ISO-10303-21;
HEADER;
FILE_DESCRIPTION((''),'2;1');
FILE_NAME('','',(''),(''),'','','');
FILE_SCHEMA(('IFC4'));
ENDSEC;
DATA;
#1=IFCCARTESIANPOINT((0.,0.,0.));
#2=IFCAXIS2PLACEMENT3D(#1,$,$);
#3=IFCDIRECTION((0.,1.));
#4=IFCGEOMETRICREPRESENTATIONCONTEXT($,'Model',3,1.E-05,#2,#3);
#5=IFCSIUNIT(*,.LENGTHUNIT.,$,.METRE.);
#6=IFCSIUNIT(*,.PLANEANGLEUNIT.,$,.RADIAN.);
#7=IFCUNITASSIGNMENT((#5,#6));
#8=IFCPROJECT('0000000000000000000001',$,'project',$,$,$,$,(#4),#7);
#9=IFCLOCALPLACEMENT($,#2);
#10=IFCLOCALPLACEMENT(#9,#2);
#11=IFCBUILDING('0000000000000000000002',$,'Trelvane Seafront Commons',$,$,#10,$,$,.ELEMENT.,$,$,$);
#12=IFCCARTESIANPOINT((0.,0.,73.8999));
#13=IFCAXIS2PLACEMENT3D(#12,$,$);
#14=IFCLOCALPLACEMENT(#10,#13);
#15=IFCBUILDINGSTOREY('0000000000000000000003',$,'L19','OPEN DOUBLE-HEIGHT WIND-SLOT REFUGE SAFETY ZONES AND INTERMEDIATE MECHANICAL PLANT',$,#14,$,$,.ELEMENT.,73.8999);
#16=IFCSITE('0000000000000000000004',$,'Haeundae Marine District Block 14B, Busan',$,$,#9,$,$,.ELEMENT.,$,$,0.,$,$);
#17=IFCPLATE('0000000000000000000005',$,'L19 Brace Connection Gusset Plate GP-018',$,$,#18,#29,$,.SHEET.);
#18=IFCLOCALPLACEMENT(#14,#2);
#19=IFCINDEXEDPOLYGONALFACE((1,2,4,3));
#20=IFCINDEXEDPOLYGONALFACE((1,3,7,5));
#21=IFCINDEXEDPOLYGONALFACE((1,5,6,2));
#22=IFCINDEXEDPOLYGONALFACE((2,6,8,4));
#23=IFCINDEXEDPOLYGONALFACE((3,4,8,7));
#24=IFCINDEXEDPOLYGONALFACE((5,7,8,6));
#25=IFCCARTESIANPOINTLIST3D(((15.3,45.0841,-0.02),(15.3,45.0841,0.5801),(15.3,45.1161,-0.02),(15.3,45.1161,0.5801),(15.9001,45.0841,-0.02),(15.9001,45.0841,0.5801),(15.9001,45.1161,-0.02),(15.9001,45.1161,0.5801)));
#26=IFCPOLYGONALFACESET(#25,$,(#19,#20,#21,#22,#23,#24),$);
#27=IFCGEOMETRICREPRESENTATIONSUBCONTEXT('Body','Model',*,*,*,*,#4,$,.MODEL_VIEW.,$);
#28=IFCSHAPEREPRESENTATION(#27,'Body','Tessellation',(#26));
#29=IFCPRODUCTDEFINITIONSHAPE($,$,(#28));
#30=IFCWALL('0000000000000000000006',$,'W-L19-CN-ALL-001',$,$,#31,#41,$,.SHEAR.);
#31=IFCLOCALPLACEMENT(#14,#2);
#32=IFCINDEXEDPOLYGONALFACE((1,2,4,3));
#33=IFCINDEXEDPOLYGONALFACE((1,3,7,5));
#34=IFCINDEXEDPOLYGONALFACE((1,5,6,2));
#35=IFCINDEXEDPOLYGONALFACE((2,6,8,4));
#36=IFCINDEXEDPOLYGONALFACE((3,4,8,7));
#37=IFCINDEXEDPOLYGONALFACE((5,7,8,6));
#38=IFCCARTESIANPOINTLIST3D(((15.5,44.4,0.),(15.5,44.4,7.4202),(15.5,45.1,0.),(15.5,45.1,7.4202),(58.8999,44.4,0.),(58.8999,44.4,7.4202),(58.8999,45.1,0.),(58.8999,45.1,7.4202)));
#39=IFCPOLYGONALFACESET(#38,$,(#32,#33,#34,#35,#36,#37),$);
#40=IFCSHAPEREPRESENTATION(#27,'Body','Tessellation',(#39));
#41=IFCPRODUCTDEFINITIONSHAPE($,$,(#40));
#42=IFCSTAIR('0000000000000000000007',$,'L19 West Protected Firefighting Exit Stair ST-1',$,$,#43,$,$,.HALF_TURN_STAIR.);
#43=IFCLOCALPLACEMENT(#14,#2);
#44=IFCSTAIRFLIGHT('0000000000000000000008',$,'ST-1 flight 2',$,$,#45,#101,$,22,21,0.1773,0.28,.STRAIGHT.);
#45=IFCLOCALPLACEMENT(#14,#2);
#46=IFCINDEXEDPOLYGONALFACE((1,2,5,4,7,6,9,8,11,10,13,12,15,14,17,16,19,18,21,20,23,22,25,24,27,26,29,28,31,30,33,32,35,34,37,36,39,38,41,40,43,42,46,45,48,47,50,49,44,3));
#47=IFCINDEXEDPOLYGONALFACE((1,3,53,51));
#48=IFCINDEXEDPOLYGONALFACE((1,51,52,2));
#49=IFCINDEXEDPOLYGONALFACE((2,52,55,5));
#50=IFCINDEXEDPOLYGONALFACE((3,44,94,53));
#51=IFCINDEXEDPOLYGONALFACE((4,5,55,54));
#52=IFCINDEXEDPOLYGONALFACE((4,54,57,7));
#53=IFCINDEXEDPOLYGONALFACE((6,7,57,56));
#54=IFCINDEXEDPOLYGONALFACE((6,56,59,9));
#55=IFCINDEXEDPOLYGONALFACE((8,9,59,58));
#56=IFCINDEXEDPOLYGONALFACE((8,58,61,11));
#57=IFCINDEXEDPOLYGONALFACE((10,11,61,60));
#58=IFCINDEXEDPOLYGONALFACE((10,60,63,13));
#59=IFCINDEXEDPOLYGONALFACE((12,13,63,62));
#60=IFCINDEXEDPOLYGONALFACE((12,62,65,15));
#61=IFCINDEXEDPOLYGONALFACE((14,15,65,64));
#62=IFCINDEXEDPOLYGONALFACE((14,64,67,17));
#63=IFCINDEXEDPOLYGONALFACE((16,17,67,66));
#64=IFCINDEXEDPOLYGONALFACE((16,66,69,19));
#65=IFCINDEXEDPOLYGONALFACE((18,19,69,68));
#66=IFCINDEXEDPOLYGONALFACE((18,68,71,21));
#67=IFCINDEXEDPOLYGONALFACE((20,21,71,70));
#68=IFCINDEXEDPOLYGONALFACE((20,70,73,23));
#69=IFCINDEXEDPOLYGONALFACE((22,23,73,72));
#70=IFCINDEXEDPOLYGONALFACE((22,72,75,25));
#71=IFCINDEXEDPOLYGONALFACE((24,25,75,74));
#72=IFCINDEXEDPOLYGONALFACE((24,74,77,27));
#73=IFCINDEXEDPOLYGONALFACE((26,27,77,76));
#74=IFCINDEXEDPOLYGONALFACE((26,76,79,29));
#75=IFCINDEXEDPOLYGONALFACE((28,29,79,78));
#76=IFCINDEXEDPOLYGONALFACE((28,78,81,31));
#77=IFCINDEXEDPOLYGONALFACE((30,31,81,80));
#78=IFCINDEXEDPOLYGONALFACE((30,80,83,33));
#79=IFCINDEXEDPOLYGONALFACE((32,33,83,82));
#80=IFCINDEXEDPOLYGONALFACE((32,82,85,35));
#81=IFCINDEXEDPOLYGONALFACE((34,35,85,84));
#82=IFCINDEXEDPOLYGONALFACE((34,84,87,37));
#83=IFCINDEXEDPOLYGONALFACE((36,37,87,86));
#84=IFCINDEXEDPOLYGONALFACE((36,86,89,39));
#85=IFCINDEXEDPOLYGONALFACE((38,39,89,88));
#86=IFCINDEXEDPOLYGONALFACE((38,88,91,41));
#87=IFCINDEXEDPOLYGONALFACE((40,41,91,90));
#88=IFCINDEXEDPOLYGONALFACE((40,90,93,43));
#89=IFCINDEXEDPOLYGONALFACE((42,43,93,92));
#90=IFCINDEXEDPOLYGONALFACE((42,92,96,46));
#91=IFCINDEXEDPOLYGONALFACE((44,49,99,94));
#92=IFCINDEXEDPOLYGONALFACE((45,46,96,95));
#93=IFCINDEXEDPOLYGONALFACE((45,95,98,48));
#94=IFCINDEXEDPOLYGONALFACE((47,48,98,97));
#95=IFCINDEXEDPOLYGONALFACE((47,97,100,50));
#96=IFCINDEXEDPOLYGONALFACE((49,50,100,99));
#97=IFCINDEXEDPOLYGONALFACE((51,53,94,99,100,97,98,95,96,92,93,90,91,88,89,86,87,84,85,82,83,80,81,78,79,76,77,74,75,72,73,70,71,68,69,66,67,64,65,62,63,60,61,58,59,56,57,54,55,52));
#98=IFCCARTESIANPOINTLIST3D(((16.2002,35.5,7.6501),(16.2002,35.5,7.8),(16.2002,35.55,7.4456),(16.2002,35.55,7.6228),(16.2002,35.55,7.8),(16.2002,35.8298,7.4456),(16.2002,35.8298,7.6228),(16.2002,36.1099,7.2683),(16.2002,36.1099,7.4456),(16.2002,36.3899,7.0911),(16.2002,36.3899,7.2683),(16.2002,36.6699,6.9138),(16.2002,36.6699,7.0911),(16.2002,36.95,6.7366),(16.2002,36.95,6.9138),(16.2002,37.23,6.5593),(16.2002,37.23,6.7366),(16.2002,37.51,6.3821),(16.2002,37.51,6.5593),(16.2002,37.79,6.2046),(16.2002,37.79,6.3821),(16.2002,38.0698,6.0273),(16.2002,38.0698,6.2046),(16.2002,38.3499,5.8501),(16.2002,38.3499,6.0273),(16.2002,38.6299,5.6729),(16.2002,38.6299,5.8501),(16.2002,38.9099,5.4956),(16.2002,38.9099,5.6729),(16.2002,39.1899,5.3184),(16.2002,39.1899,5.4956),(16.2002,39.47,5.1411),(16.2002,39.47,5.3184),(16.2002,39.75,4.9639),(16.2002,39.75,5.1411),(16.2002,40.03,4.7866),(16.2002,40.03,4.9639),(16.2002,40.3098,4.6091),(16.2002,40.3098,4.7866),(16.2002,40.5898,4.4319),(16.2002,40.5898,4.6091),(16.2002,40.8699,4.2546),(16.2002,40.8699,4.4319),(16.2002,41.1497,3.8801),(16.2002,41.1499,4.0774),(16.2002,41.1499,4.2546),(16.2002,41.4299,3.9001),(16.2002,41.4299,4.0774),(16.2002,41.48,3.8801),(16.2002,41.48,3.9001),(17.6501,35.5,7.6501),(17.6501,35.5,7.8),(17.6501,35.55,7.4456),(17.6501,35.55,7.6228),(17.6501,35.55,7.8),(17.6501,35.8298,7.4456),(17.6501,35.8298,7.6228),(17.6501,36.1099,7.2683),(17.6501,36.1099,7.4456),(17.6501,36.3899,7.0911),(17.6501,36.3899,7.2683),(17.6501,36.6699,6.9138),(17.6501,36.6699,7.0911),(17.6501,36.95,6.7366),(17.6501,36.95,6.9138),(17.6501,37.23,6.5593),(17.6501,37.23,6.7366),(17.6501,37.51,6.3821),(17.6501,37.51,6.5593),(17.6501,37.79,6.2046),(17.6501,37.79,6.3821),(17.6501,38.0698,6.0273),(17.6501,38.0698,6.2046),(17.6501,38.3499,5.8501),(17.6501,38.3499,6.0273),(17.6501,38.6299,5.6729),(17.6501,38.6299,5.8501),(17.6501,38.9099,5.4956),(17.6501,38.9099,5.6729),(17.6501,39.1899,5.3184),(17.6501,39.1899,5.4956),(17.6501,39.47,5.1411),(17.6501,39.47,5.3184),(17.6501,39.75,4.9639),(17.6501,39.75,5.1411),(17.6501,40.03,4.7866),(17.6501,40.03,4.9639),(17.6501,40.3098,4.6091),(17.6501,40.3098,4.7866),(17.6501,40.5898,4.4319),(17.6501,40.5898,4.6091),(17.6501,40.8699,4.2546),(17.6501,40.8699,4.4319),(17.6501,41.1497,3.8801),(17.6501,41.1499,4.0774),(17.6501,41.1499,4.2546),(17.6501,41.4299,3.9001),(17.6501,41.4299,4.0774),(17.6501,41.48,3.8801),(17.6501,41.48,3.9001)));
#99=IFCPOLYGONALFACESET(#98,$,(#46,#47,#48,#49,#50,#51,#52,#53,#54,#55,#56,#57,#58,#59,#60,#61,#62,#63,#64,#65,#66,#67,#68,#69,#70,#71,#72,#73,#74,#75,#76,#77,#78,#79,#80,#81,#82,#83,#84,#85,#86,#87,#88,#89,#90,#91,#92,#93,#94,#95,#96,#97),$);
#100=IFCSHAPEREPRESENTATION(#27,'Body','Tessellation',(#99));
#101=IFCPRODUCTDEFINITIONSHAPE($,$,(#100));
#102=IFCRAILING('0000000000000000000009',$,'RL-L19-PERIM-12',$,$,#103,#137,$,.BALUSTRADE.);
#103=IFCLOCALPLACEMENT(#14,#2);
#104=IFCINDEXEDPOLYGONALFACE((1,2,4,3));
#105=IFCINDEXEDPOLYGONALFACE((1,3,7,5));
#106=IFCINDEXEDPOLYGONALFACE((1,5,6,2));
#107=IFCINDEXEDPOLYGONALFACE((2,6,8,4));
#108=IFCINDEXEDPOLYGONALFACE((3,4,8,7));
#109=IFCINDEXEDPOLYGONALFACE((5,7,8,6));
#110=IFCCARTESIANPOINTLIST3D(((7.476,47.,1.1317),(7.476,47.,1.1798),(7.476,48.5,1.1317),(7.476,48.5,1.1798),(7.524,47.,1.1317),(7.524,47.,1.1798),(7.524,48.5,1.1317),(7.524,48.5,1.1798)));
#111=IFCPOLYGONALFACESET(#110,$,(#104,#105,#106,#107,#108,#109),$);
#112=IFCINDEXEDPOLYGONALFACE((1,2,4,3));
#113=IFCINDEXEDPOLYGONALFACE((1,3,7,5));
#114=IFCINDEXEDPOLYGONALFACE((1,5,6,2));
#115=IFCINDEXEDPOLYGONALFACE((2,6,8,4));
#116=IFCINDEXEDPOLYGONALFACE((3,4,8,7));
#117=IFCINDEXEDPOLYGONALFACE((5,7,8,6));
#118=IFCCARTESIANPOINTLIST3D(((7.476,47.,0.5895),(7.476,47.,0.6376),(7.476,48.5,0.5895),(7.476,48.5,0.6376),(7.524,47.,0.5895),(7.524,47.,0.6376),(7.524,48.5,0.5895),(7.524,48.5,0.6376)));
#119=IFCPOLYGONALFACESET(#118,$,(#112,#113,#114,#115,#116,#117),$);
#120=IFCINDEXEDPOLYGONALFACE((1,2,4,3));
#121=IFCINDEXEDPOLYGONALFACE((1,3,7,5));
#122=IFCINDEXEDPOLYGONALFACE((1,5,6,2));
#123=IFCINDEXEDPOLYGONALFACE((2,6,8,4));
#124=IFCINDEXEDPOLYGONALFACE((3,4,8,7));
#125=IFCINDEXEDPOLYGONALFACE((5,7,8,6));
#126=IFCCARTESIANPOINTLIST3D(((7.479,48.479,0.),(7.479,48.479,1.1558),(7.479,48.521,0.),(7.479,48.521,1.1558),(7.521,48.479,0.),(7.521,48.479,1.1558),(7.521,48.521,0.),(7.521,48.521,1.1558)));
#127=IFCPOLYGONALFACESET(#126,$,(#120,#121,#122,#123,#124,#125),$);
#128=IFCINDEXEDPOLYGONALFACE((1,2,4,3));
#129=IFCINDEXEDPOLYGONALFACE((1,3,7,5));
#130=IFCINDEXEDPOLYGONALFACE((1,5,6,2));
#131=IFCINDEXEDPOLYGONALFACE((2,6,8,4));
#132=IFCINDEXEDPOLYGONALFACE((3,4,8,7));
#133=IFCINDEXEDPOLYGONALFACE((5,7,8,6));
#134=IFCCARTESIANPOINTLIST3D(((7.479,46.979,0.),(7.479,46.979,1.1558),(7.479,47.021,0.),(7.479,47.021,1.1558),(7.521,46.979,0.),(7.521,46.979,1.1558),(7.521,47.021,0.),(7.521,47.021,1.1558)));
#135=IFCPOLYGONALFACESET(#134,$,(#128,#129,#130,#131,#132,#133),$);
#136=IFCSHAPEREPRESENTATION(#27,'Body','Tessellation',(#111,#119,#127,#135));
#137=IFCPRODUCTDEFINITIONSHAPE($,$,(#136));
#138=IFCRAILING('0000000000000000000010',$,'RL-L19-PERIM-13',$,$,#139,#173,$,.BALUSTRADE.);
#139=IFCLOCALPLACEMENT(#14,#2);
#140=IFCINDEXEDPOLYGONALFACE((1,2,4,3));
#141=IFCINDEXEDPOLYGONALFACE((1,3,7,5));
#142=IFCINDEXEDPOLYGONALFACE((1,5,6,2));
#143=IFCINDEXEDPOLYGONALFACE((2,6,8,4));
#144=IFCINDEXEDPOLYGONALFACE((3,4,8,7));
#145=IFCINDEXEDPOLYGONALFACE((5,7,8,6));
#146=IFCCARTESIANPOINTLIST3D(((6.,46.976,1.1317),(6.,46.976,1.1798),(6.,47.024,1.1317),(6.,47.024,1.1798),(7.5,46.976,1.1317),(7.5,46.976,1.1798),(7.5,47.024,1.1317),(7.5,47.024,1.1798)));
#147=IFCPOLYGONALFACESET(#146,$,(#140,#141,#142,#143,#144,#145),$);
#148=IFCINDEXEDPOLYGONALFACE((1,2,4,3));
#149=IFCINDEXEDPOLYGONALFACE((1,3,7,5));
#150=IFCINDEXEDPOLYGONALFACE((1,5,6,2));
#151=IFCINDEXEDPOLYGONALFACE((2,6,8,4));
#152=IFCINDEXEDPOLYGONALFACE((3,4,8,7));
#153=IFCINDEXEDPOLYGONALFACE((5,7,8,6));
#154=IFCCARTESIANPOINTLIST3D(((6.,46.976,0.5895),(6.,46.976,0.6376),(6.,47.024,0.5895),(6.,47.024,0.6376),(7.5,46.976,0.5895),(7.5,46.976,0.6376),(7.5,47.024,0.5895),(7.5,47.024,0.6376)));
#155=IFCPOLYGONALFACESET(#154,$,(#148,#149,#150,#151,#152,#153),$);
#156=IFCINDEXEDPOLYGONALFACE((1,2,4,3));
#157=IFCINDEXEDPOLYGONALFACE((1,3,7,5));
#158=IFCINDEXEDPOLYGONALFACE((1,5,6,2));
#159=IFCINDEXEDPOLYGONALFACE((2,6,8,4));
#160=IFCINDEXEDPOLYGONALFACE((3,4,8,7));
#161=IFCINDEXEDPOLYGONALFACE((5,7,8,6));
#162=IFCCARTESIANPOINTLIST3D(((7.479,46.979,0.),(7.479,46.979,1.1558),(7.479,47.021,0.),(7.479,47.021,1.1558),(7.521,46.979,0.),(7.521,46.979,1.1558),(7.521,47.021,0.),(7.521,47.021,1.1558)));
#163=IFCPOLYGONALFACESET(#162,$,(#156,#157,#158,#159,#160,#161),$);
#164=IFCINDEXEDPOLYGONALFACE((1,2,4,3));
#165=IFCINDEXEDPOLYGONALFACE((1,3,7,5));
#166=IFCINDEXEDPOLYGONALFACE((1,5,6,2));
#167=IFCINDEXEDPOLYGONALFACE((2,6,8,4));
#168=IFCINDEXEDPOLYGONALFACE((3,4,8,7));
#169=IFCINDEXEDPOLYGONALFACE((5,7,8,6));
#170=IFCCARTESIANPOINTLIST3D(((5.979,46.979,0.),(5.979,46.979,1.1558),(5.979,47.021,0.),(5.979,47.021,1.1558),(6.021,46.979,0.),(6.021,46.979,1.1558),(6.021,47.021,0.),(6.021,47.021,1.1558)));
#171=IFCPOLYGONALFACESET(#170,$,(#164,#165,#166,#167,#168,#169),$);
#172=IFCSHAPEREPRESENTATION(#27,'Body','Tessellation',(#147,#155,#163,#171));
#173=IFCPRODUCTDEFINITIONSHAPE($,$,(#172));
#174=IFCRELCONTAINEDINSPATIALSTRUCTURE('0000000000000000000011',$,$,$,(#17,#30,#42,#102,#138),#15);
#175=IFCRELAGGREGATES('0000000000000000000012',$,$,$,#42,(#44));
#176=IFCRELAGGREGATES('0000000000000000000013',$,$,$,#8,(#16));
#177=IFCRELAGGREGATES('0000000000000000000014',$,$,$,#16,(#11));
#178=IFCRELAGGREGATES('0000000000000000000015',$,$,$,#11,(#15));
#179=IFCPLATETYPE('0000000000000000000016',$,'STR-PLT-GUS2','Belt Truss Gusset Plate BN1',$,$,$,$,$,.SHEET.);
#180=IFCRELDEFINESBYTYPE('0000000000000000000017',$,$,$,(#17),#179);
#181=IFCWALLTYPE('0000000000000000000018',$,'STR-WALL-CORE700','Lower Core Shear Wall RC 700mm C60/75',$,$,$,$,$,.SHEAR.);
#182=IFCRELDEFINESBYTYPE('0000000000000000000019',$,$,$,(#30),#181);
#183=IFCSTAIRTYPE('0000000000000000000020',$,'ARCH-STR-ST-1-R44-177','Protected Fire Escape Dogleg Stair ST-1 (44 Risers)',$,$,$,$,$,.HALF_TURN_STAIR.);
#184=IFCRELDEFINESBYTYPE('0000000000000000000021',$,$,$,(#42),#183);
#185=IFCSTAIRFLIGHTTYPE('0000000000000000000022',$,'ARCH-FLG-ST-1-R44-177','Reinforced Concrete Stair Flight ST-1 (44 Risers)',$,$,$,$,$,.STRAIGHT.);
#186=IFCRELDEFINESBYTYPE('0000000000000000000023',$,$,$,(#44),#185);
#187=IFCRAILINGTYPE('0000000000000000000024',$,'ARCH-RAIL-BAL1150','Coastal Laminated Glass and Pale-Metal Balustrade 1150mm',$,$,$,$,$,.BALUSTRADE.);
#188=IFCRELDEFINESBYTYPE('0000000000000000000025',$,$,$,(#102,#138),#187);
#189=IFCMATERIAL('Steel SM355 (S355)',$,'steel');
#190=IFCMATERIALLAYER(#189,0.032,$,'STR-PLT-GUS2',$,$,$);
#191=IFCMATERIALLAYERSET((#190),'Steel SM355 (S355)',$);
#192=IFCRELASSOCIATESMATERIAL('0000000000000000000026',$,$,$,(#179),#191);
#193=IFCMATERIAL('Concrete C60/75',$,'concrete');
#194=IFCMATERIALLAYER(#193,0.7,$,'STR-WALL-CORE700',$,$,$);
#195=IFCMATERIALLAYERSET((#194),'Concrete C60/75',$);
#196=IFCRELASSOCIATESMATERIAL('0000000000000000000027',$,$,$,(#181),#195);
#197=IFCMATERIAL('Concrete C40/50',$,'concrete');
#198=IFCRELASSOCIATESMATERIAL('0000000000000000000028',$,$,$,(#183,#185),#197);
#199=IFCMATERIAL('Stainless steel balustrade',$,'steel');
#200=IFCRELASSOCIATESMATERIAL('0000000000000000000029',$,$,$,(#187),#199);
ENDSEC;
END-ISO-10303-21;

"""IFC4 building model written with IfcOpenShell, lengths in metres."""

from ifc_helpers import new_model, si_unit, direction, frame, frame_2d, origin, origin_2d, place, context, subcontext, project, spatial, polyline, rectangle, outline, extrude, source, transform, mapped, material, layer, layer_set, type_object, element, aggregate, save


model = new_model("IFC4")

# Units and contexts
model_context = context("Model", 3, precision=1e-05, world=origin(), true_north=direction((0.0, 1.0)))
body_context = subcontext(model_context, "Body", "Model", "MODEL_VIEW")
ifc_project = project(units=[si_unit("LENGTHUNIT", "METRE"), si_unit("PLANEANGLEUNIT", "RADIAN")], contexts=[model_context])

# Site, building, storey
site_placement = place(None, origin())
site = spatial("IfcSite", under=ifc_project, at=site_placement, Name="Haeundae Marine District Block 14B, Busan", CompositionType="ELEMENT", RefElevation=0.0)
building_placement = place(site_placement, origin())
building = spatial("IfcBuilding", under=site, at=building_placement, Name="Trelvane Seafront Commons", CompositionType="ELEMENT")
storey_placement = place(building_placement, frame((0.0, 0.0, 73.8999)))
storey = spatial("IfcBuildingStorey", under=building, at=storey_placement, Name="L19", Description="OPEN DOUBLE-HEIGHT WIND-SLOT REFUGE SAFETY ZONES AND INTERMEDIATE MECHANICAL PLANT", CompositionType="ELEMENT", Elevation=73.8999)

# Shared definitions
ifc_material_1 = material(Name="Steel SM355 (S355)", Category="steel")
ifc_material_2 = material(Name="Concrete C60/75", Category="concrete")

# Plate
ifc_layer_1 = layer(ifc_material_1, 0.032, Name="STR-PLT-GUS2")
ifc_layer_set_1 = layer_set([ifc_layer_1], Name="Steel SM355 (S355)")
plate_type = type_object("IfcPlateType", Name="STR-PLT-GUS2", Description="Belt Truss Gusset Plate BN1", PredefinedType="SHEET", material=ifc_layer_set_1)
shared_shape_1 = source(origin(), body_context, "Body", "SweptSolid", [
    extrude(rectangle(XDim=0.6001, YDim=0.032, at=origin_2d()), origin(), (0.0, 0.0, 1.0), 0.6001),
])
plate_placement = place(storey_placement, frame((15.6001, 45.1001, -0.02), z_axis=(0.0, 0.0, 1.0), x_axis=(1.0, 0.0, 0.0)))
element("IfcPlate", 1, at=plate_placement, inside=storey, type_object=plate_type, Name="L19 Brace Connection Gusset Plate GP-018", PredefinedType="SHEET", context=body_context, shape_type="MappedRepresentation", body=[
    mapped(shared_shape_1, transform((0.0, 0.0, 0.0), x_axis=(1.0, 0.0, 0.0), y_axis=(0.0, 1.0, 0.0), z_axis=(0.0, 0.0, 1.0), scale=1.0)),
])

# Wall
ifc_layer_2 = layer(ifc_material_2, 0.7, Name="STR-WALL-CORE700")
ifc_layer_set_2 = layer_set([ifc_layer_2], Name="Concrete C60/75")
wall_type = type_object("IfcWallType", Name="STR-WALL-CORE700", Description="Lower Core Shear Wall RC 700mm C60/75", PredefinedType="SHEAR", material=ifc_layer_set_2)
wall_placement = place(storey_placement, frame((15.5, 44.75, 0.0), z_axis=(0.0, 0.0, 1.0), x_axis=(1.0, 0.0, 0.0)))
element("IfcWall", 2, at=wall_placement, inside=storey, type_object=wall_type, Name="W-L19-CN-ALL-001", PredefinedType="SHEAR", context=body_context, shape_type="SweptSolid", body=[
    extrude(rectangle(XDim=43.3999, YDim=0.7, at=frame_2d((21.7, 0.0))), origin(), (0.0, 0.0, 1.0), 7.4202),
])

# Stair, stair flight
ifc_material_3 = material(Name="Concrete C40/50", Category="concrete")
stair_type = type_object("IfcStairType", Name="ARCH-STR-ST-1-R44-177", Description="Protected Fire Escape Dogleg Stair ST-1 (44 Risers)", PredefinedType="HALF_TURN_STAIR", material=ifc_material_3)
stair_placement = place(storey_placement, origin())
stair = element("IfcStair", 3, at=stair_placement, inside=storey, type_object=stair_type, Name="L19 West Protected Firefighting Exit Stair ST-1", PredefinedType="HALF_TURN_STAIR")
stair_flight_type = type_object("IfcStairFlightType", Name="ARCH-FLG-ST-1-R44-177", Description="Reinforced Concrete Stair Flight ST-1 (44 Risers)", PredefinedType="STRAIGHT", material=ifc_material_3)
shared_shape_2 = source(origin(), body_context, "Body", "SweptSolid", [
    extrude(outline(polyline([(-0.05, -0.02), (-0.05, 0.0), (0.0, 0.0), (0.0, 0.1772), (0.28, 0.1772), (0.28, 0.3545), (0.5601, 0.3545), (0.5601, 0.5317), (0.8401, 0.5317), (0.8401, 0.709), (1.1201, 0.709), (1.1201, 0.8865), (1.3999, 0.8865), (1.3999, 1.0637), (1.6799, 1.0637), (1.6799, 1.241), (1.96, 1.241), (1.96, 1.4182), (2.24, 1.4182), (2.24, 1.5955), (2.52, 1.5955), (2.52, 1.7727), (2.8, 1.7727), (2.8, 1.95), (3.0801, 1.95), (3.0801, 2.1272), (3.3601, 2.1272), (3.3601, 2.3044), (3.6399, 2.3044), (3.6399, 2.4819), (3.9199, 2.4819), (3.9199, 2.6592), (4.2, 2.6592), (4.2, 2.8364), (4.48, 2.8364), (4.48, 3.0137), (4.76, 3.0137), (4.76, 3.1909), (5.04, 3.1909), (5.04, 3.3682), (5.3201, 3.3682), (5.3201, 3.5454), (5.6001, 3.5454), (5.6001, 3.7227), (5.8799, 3.7227), (5.8799, 3.8999), (5.9299, 3.8999), (5.9299, 3.75), (5.8799, 3.5454), (0.2803, -0.02), (-0.05, -0.02)])), frame((0.0, 0.7251, 0.0), z_axis=(0.0, -1.0, 0.0), x_axis=(1.0, 0.0, 0.0)), (0.0, 0.0, 1.0), 1.45),
])
stair_flight_placement = place(storey_placement, frame((16.925, 41.4299, 3.9001), z_axis=(0.0, 0.0, 1.0), x_axis=(0.0, -1.0, 0.0)))
stair_flight = element("IfcStairFlight", 4, at=stair_flight_placement, type_object=stair_flight_type, Name="ST-1 flight 2", NumberOfRisers=22, NumberOfTreads=21, PredefinedType="STRAIGHT", RiserHeight=0.1773, TreadLength=0.28, context=body_context, shape_type="MappedRepresentation", body=[
    mapped(shared_shape_2, transform((0.0, 0.0, 0.0), x_axis=(1.0, 0.0, 0.0), y_axis=(0.0, 1.0, 0.0), z_axis=(0.0, 0.0, 1.0), scale=1.0)),
])
aggregate(stair, [stair_flight])

# Railings
ifc_material_4 = material(Name="Stainless steel balustrade", Category="steel")
railing_type_1 = type_object("IfcRailingType", Name="ARCH-RAIL-BAL1150", Description="Coastal Laminated Glass and Pale-Metal Balustrade 1150mm", PredefinedType="BALUSTRADE", material=ifc_material_4)
railing_1_placement = place(storey_placement, frame((7.5, 48.5, 0.0)))
element("IfcRailing", 5, at=railing_1_placement, inside=storey, type_object=railing_type_1, Name="RL-L19-PERIM-12", PredefinedType="BALUSTRADE", context=body_context, shape_type="SweptSolid", body=[
    extrude(rectangle(XDim=0.0481, YDim=0.0481, at=origin_2d()), frame((0.0, 0.0, 1.1558), z_axis=(0.0, -1.0, 0.0), x_axis=(1.0, 0.0, 0.0)), (0.0, 0.0, 1.0), 1.5),
    extrude(rectangle(XDim=0.0481, YDim=0.0481, at=origin_2d()), frame((0.0, 0.0, 0.6135), z_axis=(0.0, -1.0, 0.0), x_axis=(1.0, 0.0, 0.0)), (0.0, 0.0, 1.0), 1.5),
    extrude(rectangle(XDim=0.042, YDim=0.042, at=origin_2d()), origin(), (0.0, 0.0, 1.0), 1.1558),
    extrude(rectangle(XDim=0.042, YDim=0.042, at=origin_2d()), frame((0.0, -1.5, 0.0)), (0.0, 0.0, 1.0), 1.1558),
])
railing_2_placement = place(storey_placement, frame((7.5, 47.0, 0.0)))
element("IfcRailing", 6, at=railing_2_placement, inside=storey, type_object=railing_type_1, Name="RL-L19-PERIM-13", PredefinedType="BALUSTRADE", context=body_context, shape_type="SweptSolid", body=[
    extrude(rectangle(XDim=0.0481, YDim=0.0481, at=origin_2d()), frame((0.0, 0.0, 1.1558), z_axis=(-1.0, 0.0, 0.0), x_axis=(0.0, -1.0, 0.0)), (0.0, 0.0, 1.0), 1.5),
    extrude(rectangle(XDim=0.0481, YDim=0.0481, at=origin_2d()), frame((0.0, 0.0, 0.6135), z_axis=(-1.0, 0.0, 0.0), x_axis=(0.0, -1.0, 0.0)), (0.0, 0.0, 1.0), 1.5),
    extrude(rectangle(XDim=0.042, YDim=0.042, at=origin_2d()), origin(), (0.0, 0.0, 1.0), 1.1558),
    extrude(rectangle(XDim=0.042, YDim=0.042, at=origin_2d()), frame((-1.5, 0.0, 0.0)), (0.0, 0.0, 1.0), 1.1558),
])

save(model, "model.ifc")
